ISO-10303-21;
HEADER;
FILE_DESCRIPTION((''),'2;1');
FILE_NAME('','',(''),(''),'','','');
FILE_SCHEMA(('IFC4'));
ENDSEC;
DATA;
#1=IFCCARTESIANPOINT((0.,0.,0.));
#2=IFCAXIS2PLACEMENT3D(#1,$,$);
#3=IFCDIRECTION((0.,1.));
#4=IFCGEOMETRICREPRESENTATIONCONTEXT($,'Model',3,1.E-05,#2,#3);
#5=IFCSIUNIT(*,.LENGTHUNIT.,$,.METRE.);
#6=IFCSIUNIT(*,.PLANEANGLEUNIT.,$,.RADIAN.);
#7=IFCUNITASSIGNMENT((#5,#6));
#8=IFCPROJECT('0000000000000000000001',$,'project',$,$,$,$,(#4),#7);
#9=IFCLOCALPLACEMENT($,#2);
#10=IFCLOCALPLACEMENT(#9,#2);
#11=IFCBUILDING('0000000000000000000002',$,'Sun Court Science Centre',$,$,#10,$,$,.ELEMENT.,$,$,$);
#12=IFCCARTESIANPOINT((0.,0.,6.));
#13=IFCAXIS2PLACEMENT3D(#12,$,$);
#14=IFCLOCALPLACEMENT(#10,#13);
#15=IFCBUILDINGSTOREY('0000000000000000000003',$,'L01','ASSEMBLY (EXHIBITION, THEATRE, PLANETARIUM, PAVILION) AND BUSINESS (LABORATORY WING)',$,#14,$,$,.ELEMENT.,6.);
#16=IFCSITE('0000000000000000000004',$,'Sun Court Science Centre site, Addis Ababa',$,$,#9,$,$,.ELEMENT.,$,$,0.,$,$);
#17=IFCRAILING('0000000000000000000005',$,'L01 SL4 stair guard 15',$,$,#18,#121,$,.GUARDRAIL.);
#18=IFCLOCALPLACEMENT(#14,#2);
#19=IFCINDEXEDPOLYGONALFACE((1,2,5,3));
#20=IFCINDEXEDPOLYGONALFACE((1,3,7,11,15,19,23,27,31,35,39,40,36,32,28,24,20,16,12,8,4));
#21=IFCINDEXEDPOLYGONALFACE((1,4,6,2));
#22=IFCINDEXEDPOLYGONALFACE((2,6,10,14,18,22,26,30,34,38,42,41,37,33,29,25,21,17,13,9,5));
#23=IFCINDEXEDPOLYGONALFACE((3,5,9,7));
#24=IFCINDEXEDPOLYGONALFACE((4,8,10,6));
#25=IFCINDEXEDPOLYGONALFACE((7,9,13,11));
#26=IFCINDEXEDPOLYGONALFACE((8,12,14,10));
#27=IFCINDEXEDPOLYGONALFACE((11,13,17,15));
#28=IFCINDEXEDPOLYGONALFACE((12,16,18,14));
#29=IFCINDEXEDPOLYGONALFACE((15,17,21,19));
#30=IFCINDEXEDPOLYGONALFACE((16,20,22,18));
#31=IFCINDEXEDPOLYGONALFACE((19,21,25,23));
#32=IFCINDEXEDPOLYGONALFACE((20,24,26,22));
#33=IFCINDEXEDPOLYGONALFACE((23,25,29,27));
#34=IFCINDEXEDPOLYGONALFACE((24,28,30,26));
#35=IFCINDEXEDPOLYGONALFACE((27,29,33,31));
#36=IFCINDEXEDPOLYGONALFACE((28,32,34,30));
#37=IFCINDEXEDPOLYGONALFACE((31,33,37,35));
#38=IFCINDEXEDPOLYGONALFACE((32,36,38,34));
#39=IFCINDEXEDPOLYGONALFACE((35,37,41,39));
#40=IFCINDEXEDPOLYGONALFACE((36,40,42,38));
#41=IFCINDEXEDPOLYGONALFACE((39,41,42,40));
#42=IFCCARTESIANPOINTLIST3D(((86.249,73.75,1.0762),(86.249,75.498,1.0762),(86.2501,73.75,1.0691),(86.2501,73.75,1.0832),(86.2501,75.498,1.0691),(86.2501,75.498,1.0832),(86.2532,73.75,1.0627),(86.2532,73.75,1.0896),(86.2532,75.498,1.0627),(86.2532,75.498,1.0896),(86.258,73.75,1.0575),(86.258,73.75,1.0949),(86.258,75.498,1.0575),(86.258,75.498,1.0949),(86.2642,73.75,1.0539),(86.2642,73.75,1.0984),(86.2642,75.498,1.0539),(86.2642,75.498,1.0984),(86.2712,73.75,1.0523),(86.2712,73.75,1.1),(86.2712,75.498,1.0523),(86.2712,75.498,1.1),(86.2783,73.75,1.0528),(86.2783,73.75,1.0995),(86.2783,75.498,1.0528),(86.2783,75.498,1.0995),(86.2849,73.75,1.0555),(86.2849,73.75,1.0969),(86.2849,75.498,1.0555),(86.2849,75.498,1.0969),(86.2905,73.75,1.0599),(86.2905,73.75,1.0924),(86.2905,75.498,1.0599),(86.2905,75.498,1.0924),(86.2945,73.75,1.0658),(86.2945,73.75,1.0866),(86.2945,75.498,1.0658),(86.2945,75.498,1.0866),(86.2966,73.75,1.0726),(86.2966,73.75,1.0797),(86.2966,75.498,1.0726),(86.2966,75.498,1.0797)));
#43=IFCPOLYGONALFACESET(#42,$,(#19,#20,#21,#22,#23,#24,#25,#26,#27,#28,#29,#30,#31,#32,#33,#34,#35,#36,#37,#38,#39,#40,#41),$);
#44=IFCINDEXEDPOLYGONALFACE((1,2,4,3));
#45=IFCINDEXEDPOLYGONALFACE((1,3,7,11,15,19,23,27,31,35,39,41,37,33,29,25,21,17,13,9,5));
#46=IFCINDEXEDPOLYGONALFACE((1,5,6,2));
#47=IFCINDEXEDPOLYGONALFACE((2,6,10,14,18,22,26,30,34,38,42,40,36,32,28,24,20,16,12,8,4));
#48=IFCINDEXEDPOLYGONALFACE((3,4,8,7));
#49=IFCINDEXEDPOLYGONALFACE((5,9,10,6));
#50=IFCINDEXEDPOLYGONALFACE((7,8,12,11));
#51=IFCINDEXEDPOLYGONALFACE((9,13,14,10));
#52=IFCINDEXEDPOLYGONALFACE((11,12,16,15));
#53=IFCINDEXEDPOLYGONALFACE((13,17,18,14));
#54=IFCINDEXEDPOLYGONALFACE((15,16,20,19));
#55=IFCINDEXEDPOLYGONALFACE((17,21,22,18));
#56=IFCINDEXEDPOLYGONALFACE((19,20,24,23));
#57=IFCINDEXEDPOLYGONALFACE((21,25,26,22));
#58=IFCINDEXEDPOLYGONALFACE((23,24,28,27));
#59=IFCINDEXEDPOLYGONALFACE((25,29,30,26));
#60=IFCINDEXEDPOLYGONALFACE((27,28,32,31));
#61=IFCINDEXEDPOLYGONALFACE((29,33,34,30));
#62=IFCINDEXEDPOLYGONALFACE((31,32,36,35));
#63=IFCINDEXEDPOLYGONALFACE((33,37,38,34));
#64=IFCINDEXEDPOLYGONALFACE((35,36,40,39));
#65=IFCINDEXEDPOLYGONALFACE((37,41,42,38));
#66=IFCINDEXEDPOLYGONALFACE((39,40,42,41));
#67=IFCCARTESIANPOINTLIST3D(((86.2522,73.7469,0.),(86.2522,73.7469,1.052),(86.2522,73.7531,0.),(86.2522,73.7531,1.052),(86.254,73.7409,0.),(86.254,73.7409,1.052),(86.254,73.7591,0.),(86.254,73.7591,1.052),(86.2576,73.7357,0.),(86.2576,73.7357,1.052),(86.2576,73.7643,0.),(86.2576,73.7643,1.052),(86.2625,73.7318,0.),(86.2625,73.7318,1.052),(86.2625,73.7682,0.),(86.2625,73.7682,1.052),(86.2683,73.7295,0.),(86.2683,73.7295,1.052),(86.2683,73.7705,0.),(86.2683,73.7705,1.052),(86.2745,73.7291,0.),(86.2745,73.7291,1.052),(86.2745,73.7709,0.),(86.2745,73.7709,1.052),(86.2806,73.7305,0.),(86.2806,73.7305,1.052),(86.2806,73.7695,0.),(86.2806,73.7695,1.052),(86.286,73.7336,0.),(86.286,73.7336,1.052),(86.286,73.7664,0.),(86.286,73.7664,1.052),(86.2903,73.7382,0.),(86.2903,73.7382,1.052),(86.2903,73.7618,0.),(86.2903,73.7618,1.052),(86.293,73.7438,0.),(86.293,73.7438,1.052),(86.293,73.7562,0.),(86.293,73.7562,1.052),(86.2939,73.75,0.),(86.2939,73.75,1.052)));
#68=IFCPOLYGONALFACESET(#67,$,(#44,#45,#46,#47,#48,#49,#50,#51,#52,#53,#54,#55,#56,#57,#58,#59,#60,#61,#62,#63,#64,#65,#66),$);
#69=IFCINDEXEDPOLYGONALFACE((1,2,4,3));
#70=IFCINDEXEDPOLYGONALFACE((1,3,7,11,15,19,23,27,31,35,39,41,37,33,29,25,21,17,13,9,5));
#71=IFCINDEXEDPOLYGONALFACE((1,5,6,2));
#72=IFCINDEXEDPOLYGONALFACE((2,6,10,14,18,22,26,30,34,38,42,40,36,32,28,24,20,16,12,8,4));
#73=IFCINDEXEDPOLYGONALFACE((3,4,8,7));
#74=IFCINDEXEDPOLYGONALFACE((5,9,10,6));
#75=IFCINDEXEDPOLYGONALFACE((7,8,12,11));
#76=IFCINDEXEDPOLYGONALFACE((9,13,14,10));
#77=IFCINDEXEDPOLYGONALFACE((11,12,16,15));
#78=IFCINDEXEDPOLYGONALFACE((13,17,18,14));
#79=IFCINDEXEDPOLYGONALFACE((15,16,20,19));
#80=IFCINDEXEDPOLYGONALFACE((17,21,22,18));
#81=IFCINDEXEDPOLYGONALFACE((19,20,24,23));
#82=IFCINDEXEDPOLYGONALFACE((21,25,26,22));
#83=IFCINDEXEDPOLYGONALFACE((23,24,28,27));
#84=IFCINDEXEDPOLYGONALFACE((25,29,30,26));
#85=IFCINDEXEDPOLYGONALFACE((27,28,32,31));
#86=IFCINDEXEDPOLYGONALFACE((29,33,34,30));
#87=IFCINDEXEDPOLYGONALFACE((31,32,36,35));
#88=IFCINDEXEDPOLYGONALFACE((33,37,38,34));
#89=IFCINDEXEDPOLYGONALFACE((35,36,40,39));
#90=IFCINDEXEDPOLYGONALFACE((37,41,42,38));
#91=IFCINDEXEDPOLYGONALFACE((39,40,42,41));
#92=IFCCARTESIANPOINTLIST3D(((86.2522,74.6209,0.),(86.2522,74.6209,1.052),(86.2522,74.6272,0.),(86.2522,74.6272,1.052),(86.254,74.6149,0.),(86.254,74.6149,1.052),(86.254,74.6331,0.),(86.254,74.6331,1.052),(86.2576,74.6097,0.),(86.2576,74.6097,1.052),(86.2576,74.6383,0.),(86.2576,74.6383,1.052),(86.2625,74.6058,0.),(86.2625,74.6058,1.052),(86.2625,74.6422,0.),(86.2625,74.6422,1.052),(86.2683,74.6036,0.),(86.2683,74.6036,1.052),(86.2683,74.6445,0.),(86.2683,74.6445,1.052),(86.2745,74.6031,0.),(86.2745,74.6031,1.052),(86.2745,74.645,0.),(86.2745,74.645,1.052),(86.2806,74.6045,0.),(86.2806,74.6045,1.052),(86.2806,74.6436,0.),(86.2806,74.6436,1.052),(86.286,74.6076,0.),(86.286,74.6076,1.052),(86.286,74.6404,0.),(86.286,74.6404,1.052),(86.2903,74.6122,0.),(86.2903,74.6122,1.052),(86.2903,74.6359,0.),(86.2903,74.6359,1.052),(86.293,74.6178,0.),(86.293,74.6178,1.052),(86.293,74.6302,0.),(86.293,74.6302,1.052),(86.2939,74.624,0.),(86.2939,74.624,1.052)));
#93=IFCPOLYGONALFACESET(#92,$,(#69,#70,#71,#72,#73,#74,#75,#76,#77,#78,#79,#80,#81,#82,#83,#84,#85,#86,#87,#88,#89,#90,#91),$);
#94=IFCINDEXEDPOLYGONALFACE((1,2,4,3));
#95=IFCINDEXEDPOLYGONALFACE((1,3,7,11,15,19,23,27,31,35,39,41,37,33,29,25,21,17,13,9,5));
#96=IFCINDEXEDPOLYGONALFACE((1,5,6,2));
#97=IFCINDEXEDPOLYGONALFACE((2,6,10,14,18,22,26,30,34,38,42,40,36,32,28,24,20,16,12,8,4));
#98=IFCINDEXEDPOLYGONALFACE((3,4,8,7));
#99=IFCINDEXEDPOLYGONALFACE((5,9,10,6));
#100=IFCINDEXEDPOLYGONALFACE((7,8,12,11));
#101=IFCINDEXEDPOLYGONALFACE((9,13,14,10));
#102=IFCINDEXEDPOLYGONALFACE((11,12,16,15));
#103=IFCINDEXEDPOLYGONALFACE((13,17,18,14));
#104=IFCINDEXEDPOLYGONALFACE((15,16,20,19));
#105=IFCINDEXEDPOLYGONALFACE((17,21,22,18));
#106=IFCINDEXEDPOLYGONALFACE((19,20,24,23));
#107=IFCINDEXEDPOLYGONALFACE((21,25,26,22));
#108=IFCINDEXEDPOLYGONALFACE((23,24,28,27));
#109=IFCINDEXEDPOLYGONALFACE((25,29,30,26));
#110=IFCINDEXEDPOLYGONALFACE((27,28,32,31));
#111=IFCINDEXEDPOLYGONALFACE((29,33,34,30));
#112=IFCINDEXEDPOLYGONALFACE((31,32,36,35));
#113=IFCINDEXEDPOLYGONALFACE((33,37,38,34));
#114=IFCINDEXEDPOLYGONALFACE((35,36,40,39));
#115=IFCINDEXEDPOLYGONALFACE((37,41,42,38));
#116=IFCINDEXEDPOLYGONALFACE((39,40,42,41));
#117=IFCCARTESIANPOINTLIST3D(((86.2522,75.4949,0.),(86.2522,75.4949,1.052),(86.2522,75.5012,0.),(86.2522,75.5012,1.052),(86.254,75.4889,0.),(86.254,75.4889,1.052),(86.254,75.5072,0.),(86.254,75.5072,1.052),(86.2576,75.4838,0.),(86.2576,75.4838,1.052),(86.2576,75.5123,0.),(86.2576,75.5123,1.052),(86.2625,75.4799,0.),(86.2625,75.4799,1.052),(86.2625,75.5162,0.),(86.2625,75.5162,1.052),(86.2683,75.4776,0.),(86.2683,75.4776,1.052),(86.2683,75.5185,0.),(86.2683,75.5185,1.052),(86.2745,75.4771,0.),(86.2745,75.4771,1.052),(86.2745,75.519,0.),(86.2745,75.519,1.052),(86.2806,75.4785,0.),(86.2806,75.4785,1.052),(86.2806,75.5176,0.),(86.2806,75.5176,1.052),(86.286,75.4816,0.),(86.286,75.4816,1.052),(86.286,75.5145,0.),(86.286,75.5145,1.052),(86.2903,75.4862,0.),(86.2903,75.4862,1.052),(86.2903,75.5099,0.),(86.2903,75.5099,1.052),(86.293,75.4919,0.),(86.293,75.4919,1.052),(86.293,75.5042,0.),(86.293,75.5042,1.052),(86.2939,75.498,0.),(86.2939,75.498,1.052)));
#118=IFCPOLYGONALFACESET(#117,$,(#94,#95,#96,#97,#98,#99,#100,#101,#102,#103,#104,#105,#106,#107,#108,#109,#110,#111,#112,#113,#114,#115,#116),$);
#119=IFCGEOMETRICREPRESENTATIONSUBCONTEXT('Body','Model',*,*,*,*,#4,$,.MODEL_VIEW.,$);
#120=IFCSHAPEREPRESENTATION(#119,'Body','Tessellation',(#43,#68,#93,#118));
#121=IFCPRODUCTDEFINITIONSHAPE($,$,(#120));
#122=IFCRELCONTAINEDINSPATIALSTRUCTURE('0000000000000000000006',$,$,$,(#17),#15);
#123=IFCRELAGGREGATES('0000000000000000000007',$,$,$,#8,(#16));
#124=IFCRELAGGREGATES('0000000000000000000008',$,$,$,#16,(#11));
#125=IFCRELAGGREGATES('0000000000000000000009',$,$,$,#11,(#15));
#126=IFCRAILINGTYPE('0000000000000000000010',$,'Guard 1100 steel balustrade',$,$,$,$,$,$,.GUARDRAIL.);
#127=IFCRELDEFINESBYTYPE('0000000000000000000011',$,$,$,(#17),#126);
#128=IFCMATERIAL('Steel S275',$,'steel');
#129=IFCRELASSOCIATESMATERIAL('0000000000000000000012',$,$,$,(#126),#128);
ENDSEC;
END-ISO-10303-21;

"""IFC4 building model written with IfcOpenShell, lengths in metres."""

from ifc_helpers import new_model, si_unit, direction, frame, origin, origin_2d, place, context, subcontext, project, spatial, circle, extrude, material, type_object, element, save


model = new_model("IFC4")

# Units and contexts
model_context = context("Model", 3, precision=1e-05, world=origin(), true_north=direction((0.0, 1.0)))
body_context = subcontext(model_context, "Body", "Model", "MODEL_VIEW")
ifc_project = project(units=[si_unit("LENGTHUNIT", "METRE"), si_unit("PLANEANGLEUNIT", "RADIAN")], contexts=[model_context])

# Site, building, storey
site_placement = place(None, origin())
site = spatial("IfcSite", under=ifc_project, at=site_placement, Name="Sun Court Science Centre site, Addis Ababa", CompositionType="ELEMENT", RefElevation=0.0)
building_placement = place(site_placement, origin())
building = spatial("IfcBuilding", under=site, at=building_placement, Name="Sun Court Science Centre", CompositionType="ELEMENT")
storey_placement = place(building_placement, frame((0.0, 0.0, 6.0)))
storey = spatial("IfcBuildingStorey", under=building, at=storey_placement, Name="L01", Description="ASSEMBLY (EXHIBITION, THEATRE, PLANETARIUM, PAVILION) AND BUSINESS (LABORATORY WING)", CompositionType="ELEMENT", Elevation=6.0)

# Railing
ifc_material_1 = material(Name="Steel S275", Category="steel")
railing_type_1 = type_object("IfcRailingType", Name="Guard 1100 steel balustrade", PredefinedType="GUARDRAIL", material=ifc_material_1)
railing_1_placement = place(storey_placement, frame((86.2729, 73.75, 0.0)))
element("IfcRailing", 1, at=railing_1_placement, inside=storey, type_object=railing_type_1, Name="L01 SL4 stair guard 15", PredefinedType="GUARDRAIL", context=body_context, shape_type="SweptSolid", body=[
    extrude(circle(Radius=0.0239, at=origin_2d()), frame((0.0, 0.0, 1.0762), z_axis=(0.0, 1.0, 0.0), x_axis=(-1.0, 0.0, 0.0)), (0.0, 0.0, 1.0), 1.748),
    extrude(circle(Radius=0.021, at=origin_2d()), origin(), (0.0, 0.0, 1.0), 1.052),
    extrude(circle(Radius=0.021, at=origin_2d()), frame((0.0, 0.874, 0.0)), (0.0, 0.0, 1.0), 1.052),
    extrude(circle(Radius=0.021, at=origin_2d()), frame((0.0, 1.748, 0.0)), (0.0, 0.0, 1.0), 1.052),
])

save(model, "model.ifc")
